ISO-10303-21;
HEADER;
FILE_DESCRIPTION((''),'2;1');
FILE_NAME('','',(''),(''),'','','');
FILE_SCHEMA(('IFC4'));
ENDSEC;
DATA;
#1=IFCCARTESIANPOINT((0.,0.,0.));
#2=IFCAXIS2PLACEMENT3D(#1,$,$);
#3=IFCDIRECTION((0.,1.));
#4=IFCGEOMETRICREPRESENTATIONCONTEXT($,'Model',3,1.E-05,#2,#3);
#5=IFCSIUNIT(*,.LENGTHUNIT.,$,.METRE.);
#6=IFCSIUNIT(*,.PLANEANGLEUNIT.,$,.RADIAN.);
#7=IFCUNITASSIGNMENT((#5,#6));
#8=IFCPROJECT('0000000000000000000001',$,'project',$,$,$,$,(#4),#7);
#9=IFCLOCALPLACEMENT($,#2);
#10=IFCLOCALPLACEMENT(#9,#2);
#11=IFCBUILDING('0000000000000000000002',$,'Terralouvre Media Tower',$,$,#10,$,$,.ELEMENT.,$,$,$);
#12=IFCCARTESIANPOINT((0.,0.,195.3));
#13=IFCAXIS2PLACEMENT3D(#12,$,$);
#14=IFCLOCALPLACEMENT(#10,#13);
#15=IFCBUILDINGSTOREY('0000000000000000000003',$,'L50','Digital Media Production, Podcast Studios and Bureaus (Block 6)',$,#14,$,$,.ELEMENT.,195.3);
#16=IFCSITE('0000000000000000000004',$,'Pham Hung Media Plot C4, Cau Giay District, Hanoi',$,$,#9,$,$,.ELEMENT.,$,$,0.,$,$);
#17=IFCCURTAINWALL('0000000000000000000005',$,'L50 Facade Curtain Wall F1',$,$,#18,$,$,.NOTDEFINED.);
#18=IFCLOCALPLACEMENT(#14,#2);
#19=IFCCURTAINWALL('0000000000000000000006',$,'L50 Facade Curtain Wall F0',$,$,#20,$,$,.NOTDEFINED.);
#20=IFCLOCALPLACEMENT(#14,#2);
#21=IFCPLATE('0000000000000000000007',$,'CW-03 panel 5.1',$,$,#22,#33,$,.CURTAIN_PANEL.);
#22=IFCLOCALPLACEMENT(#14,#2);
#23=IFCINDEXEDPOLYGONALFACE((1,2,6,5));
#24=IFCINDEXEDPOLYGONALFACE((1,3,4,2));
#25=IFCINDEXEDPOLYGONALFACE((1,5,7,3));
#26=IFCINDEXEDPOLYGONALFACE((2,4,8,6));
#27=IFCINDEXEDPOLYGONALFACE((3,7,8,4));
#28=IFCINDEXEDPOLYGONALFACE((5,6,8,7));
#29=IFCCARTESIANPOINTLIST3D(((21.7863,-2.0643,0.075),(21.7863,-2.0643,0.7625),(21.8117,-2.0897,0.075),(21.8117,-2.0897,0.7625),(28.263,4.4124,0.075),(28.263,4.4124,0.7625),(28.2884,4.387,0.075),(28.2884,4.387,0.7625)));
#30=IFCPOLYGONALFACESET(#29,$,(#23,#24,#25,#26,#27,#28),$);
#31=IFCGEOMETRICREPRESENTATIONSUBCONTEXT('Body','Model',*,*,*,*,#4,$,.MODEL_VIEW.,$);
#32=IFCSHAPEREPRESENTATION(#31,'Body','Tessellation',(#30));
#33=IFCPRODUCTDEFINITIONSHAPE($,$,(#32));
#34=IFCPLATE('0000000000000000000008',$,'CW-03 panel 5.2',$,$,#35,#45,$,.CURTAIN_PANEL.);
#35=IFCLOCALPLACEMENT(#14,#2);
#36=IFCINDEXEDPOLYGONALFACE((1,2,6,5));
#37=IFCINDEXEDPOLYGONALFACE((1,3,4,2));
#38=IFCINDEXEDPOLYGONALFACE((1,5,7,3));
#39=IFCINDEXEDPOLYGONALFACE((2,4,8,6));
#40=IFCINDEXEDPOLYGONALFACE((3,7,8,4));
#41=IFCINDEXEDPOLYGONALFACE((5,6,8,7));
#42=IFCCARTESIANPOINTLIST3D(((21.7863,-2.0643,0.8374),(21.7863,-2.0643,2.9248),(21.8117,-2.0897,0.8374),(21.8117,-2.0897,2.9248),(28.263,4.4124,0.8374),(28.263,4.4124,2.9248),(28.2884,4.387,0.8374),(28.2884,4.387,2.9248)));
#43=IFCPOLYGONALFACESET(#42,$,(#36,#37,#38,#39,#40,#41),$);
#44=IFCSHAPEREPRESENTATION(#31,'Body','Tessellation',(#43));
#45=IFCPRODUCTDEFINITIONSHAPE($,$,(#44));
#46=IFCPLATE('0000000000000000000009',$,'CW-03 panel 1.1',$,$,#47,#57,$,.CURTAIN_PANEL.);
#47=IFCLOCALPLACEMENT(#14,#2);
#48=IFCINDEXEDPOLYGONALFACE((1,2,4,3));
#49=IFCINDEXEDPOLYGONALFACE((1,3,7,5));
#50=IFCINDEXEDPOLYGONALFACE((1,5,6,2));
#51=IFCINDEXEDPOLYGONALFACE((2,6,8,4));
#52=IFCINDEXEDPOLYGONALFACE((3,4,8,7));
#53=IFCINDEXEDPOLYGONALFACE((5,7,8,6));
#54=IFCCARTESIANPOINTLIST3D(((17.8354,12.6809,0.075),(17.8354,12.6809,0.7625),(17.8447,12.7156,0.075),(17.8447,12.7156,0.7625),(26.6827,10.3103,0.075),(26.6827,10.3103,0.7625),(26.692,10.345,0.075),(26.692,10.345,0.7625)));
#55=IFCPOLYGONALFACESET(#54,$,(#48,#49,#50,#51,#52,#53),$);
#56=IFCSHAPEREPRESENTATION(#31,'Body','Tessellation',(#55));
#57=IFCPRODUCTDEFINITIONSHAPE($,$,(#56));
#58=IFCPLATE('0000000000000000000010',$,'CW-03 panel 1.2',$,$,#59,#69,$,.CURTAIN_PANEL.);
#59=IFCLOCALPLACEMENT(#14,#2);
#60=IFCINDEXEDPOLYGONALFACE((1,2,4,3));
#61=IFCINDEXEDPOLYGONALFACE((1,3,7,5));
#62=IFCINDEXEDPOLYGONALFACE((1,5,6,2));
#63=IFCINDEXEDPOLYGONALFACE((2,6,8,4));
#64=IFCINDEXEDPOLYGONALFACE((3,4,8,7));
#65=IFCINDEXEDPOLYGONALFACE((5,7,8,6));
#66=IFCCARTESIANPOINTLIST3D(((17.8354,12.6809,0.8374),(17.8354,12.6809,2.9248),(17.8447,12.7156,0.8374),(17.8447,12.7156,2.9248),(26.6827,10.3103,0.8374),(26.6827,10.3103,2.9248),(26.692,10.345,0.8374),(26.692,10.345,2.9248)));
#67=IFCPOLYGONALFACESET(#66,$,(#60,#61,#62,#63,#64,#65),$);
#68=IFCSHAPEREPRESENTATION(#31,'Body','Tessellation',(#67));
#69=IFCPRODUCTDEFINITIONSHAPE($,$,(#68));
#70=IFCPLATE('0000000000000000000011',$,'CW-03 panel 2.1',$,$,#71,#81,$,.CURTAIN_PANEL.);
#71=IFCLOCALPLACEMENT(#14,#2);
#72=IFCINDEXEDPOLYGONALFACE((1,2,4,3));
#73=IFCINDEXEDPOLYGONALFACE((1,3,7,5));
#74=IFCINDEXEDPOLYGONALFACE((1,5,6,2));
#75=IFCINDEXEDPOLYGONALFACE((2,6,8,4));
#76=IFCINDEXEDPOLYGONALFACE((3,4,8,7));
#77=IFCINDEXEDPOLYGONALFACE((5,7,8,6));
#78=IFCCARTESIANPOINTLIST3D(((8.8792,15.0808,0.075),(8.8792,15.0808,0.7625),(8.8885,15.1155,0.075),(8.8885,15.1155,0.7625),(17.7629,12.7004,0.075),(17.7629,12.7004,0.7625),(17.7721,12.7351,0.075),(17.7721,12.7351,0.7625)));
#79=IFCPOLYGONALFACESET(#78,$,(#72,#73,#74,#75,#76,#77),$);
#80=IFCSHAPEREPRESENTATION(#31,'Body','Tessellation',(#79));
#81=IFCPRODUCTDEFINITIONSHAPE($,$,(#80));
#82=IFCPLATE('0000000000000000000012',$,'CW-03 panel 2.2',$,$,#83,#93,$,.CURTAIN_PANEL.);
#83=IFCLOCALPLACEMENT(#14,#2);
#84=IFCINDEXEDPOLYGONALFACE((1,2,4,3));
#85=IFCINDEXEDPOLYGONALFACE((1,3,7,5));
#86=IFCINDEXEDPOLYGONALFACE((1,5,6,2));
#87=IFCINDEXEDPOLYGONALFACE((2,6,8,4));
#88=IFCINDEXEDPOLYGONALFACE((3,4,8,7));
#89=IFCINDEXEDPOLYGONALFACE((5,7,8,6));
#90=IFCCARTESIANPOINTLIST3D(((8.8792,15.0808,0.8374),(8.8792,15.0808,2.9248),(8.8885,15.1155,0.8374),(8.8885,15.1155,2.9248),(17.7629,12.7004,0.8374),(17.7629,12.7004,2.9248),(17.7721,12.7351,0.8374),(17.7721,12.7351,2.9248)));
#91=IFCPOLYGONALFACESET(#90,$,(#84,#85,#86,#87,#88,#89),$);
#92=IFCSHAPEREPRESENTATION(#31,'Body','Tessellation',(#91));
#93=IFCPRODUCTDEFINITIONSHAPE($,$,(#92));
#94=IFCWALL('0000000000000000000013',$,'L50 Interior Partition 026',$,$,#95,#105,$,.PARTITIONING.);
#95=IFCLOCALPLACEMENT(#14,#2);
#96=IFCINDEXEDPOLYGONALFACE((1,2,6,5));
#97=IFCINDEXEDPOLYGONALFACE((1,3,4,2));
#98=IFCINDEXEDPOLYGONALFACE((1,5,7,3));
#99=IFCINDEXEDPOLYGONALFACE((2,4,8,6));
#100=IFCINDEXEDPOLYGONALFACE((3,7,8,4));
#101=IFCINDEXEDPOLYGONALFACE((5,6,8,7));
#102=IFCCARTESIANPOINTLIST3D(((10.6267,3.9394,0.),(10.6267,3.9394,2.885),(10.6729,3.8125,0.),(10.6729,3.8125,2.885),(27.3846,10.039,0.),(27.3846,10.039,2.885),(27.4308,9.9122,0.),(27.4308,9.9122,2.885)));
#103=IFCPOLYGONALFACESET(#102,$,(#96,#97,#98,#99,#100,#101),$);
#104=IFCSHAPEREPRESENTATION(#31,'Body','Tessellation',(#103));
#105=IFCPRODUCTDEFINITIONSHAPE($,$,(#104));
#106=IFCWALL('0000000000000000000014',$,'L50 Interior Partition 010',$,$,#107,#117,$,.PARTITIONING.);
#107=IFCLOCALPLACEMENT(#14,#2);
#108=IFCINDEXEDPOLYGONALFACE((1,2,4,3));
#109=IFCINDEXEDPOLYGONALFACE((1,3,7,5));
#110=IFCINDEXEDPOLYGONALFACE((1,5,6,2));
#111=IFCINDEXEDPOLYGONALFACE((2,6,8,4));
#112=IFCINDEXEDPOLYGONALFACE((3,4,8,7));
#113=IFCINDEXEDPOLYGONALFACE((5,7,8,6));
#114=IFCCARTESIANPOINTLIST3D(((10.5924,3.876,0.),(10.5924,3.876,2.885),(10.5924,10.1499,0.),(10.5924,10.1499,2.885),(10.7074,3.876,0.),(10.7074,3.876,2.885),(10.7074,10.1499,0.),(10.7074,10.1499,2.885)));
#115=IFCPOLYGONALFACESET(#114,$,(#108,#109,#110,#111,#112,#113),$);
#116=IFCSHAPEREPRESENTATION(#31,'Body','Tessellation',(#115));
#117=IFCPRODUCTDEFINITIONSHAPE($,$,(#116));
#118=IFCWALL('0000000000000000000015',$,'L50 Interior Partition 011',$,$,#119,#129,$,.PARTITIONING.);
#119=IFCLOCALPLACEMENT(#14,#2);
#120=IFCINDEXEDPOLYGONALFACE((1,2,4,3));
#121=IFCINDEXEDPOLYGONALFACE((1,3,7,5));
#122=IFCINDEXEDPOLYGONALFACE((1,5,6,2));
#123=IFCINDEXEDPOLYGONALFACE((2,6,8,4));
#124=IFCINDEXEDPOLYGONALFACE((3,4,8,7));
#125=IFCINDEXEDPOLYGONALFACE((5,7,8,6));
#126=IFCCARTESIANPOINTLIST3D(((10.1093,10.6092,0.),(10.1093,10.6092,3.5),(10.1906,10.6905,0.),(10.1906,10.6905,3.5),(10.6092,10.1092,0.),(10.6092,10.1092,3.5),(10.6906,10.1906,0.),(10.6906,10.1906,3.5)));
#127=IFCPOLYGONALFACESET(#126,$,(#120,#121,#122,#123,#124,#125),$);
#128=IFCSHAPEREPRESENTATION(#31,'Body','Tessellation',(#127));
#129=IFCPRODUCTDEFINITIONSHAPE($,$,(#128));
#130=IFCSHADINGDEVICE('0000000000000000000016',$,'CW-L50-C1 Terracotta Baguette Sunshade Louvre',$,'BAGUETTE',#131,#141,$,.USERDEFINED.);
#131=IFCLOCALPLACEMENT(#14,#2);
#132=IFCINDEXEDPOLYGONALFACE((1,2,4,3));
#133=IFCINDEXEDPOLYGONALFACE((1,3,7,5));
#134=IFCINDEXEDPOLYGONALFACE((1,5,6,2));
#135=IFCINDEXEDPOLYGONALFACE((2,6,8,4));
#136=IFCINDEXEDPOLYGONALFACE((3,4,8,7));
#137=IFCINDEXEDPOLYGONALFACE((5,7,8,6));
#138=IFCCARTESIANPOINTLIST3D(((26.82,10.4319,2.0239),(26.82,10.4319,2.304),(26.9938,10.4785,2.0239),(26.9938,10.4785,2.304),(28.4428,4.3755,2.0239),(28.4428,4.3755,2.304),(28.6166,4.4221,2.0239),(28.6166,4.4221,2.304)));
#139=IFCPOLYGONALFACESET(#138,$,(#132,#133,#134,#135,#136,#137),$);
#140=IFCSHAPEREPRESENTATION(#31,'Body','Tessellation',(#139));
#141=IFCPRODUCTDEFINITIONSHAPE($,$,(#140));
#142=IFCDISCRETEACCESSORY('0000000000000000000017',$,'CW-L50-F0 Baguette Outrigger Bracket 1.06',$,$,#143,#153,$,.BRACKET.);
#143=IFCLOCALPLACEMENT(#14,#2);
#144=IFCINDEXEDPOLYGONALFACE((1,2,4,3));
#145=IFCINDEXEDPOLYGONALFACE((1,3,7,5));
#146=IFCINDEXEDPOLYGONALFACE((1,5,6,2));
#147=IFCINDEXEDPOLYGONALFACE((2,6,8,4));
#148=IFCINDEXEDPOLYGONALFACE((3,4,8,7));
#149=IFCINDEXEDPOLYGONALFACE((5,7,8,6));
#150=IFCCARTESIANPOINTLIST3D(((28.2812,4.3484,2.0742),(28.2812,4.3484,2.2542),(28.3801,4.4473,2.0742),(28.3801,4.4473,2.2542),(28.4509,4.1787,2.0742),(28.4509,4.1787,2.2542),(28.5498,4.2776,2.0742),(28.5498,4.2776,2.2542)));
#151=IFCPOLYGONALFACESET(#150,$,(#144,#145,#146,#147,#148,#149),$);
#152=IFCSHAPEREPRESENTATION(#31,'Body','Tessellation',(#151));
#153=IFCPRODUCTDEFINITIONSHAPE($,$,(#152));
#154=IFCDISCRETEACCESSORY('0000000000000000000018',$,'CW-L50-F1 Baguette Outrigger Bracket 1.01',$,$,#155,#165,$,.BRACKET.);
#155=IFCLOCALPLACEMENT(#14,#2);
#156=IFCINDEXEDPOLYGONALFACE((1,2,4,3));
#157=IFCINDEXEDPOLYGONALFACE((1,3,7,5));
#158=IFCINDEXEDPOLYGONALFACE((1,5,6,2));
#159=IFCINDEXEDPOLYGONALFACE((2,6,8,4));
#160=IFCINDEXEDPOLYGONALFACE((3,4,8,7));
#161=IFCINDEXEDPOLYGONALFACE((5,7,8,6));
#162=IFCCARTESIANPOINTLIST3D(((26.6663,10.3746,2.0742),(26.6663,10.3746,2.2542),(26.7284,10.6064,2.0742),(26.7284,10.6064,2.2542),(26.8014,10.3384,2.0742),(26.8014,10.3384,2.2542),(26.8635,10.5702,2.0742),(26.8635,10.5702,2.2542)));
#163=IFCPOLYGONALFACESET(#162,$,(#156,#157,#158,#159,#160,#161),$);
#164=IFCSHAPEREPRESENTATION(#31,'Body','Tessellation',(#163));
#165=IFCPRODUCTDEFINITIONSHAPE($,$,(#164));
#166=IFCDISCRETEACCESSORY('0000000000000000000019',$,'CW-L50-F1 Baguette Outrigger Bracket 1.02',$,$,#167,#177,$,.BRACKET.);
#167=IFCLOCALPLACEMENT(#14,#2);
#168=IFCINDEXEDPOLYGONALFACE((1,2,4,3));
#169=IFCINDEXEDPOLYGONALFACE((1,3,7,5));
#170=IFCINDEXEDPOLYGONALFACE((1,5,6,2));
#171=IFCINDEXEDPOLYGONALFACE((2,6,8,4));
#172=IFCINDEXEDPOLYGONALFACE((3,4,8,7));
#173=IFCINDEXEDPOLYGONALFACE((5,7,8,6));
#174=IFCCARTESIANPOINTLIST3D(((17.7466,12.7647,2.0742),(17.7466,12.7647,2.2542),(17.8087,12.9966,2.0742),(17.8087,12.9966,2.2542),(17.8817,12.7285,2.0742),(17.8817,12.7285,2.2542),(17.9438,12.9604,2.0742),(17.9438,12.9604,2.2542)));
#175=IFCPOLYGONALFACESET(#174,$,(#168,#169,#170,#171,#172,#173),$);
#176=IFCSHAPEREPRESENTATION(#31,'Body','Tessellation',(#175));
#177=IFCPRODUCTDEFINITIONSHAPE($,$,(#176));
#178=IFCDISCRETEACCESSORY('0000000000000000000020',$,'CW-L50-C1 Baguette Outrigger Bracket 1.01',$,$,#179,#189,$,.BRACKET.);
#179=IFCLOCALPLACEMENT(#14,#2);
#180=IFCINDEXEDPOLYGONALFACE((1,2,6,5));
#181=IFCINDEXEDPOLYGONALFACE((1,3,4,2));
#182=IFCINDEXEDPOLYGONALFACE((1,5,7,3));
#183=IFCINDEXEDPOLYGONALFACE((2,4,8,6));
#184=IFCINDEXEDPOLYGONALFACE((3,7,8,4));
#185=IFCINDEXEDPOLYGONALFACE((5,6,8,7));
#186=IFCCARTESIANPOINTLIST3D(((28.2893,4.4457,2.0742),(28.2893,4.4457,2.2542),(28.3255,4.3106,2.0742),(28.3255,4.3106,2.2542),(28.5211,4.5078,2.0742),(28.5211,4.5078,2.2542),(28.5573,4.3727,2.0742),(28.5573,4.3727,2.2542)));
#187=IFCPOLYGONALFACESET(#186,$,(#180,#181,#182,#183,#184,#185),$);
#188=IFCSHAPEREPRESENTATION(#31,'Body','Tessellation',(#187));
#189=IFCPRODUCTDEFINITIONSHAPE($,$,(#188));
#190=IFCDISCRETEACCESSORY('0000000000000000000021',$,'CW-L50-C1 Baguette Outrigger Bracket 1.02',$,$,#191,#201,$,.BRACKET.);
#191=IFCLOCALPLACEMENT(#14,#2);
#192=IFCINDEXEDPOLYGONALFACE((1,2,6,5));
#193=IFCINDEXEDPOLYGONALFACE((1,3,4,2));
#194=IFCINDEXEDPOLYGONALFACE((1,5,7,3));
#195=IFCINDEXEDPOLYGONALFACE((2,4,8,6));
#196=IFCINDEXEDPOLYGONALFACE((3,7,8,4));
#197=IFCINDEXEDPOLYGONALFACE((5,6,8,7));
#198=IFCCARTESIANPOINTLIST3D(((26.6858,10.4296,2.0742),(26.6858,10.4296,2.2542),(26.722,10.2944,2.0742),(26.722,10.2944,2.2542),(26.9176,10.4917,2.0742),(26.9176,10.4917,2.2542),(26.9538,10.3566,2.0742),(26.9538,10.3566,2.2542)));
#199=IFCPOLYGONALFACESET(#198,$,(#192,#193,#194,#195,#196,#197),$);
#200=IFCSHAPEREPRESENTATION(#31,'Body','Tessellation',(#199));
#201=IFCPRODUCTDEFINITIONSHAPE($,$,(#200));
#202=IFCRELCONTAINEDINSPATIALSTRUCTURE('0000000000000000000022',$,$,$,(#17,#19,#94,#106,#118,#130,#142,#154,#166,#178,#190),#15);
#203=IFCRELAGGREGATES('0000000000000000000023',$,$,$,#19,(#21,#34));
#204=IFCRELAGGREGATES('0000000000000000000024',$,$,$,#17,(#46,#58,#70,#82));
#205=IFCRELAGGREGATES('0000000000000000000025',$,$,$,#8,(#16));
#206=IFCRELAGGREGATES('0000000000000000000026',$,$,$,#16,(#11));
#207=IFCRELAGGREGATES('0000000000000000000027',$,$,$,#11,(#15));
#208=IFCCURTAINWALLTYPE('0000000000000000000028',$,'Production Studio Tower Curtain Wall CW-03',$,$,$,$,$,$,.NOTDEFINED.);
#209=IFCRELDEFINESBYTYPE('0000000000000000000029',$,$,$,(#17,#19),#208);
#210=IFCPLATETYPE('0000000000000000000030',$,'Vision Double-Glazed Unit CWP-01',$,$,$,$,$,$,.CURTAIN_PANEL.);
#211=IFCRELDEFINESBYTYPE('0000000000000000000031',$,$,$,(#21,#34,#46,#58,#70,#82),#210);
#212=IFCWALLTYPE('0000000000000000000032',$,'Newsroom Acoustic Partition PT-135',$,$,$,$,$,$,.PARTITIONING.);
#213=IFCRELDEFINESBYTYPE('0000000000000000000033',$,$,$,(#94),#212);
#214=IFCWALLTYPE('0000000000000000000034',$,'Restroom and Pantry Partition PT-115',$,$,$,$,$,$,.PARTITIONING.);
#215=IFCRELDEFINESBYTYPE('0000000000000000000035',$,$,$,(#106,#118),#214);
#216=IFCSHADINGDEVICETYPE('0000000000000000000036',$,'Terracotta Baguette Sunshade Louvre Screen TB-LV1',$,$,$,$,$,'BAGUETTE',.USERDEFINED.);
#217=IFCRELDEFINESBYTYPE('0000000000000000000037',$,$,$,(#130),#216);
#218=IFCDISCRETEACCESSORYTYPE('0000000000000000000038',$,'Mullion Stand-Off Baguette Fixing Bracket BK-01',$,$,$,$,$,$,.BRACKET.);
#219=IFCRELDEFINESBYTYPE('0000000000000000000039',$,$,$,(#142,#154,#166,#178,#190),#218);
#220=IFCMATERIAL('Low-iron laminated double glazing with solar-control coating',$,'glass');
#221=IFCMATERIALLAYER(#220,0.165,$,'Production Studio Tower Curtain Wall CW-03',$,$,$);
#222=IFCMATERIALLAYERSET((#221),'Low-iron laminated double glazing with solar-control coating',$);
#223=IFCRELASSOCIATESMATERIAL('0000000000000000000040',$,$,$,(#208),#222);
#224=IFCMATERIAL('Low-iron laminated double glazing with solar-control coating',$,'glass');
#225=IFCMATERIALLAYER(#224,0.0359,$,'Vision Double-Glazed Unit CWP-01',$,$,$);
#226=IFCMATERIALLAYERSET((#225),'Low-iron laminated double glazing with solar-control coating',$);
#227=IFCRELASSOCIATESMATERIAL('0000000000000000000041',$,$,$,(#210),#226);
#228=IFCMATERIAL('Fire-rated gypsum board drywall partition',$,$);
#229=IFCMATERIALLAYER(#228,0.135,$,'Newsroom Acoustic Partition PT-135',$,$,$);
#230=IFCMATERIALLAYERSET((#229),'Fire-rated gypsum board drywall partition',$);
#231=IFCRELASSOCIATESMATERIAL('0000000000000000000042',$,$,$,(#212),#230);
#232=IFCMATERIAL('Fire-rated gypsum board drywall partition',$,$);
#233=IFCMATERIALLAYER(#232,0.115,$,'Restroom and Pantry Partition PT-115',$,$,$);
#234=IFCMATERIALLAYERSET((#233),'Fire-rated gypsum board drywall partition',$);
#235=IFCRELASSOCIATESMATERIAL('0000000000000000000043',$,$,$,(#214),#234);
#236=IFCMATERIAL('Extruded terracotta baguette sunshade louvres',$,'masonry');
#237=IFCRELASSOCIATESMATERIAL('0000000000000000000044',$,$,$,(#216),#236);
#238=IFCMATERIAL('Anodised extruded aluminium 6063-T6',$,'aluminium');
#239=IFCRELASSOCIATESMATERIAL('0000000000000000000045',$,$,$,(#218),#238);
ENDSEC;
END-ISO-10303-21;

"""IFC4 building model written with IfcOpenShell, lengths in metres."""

from ifc_helpers import new_model, si_unit, direction, frame, frame_2d, origin, origin_2d, place, context, subcontext, project, spatial, rectangle, extrude, material, layer, layer_set, type_object, element, aggregate, save


model = new_model("IFC4")

# Units and contexts
model_context = context("Model", 3, precision=1e-05, world=origin(), true_north=direction((0.0, 1.0)))
body_context = subcontext(model_context, "Body", "Model", "MODEL_VIEW")
ifc_project = project(units=[si_unit("LENGTHUNIT", "METRE"), si_unit("PLANEANGLEUNIT", "RADIAN")], contexts=[model_context])

# Site, building, storey
site_placement = place(None, origin())
site = spatial("IfcSite", under=ifc_project, at=site_placement, Name="Pham Hung Media Plot C4, Cau Giay District, Hanoi", CompositionType="ELEMENT", RefElevation=0.0)
building_placement = place(site_placement, origin())
building = spatial("IfcBuilding", under=site, at=building_placement, Name="Terralouvre Media Tower", CompositionType="ELEMENT")
storey_placement = place(building_placement, frame((0.0, 0.0, 195.3)))
storey = spatial("IfcBuildingStorey", under=building, at=storey_placement, Name="L50", Description="Digital Media Production, Podcast Studios and Bureaus (Block 6)", CompositionType="ELEMENT", Elevation=195.3)

# Curtain wall
ifc_material_1 = material(Name="Low-iron laminated double glazing with solar-control coating", Category="glass")
ifc_layer_1 = layer(ifc_material_1, 0.165, Name="Production Studio Tower Curtain Wall CW-03")
ifc_layer_set_1 = layer_set([ifc_layer_1], Name="Low-iron laminated double glazing with solar-control coating")
curtain_wall_type_1 = type_object("IfcCurtainWallType", Name="Production Studio Tower Curtain Wall CW-03", PredefinedType="NOTDEFINED", material=ifc_layer_set_1)
curtain_wall_1_placement = place(storey_placement, origin())
curtain_wall_1 = element("IfcCurtainWall", 1, at=curtain_wall_1_placement, inside=storey, type_object=curtain_wall_type_1, Name="L50 Facade Curtain Wall F1", PredefinedType="NOTDEFINED")

# Curtain wall
curtain_wall_2_placement = place(storey_placement, origin())
curtain_wall_2 = element("IfcCurtainWall", 2, at=curtain_wall_2_placement, inside=storey, type_object=curtain_wall_type_1, Name="L50 Facade Curtain Wall F0", PredefinedType="NOTDEFINED")

# Plates
ifc_material_2 = material(Name="Low-iron laminated double glazing with solar-control coating", Category="glass")
ifc_layer_2 = layer(ifc_material_2, 0.0359, Name="Vision Double-Glazed Unit CWP-01")
ifc_layer_set_2 = layer_set([ifc_layer_2], Name="Low-iron laminated double glazing with solar-control coating")
plate_type_1 = type_object("IfcPlateType", Name="Vision Double-Glazed Unit CWP-01", PredefinedType="CURTAIN_PANEL", material=ifc_layer_set_2)
plate_1_placement = place(storey_placement, frame((25.0374, 1.1614, 0.075), z_axis=(0.0, 0.0, 1.0), x_axis=(0.707107, 0.707107, 0.0)))
plate_1 = element("IfcPlate", 3, at=plate_1_placement, type_object=plate_type_1, Name="CW-03 panel 5.1", PredefinedType="CURTAIN_PANEL", context=body_context, shape_type="SweptSolid", body=[
    extrude(rectangle(XDim=9.1594, YDim=0.0359, at=origin_2d()), origin(), (0.0, 0.0, 1.0), 0.6875),
])
plate_2_placement = place(storey_placement, frame((25.0374, 1.1614, 0.8374), z_axis=(0.0, 0.0, 1.0), x_axis=(0.707107, 0.707107, 0.0)))
plate_2 = element("IfcPlate", 4, at=plate_2_placement, type_object=plate_type_1, Name="CW-03 panel 5.2", PredefinedType="CURTAIN_PANEL", context=body_context, shape_type="SweptSolid", body=[
    extrude(rectangle(XDim=9.1594, YDim=0.0359, at=origin_2d()), origin(), (0.0, 0.0, 1.0), 2.0874),
])
aggregate(curtain_wall_2, [plate_1, plate_2])
plate_3_placement = place(storey_placement, frame((22.2637, 11.5129, 0.075), z_axis=(0.0, 0.0, 1.0), x_axis=(-0.965926, 0.258819, 0.0)))
plate_3 = element("IfcPlate", 5, at=plate_3_placement, type_object=plate_type_1, Name="CW-03 panel 1.1", PredefinedType="CURTAIN_PANEL", context=body_context, shape_type="SweptSolid", body=[
    extrude(rectangle(XDim=9.1594, YDim=0.0359, at=origin_2d()), origin(), (0.0, 0.0, 1.0), 0.6875),
])
plate_4_placement = place(storey_placement, frame((22.2637, 11.5129, 0.8374), z_axis=(0.0, 0.0, 1.0), x_axis=(-0.965926, 0.258819, 0.0)))
plate_4 = element("IfcPlate", 6, at=plate_4_placement, type_object=plate_type_1, Name="CW-03 panel 1.2", PredefinedType="CURTAIN_PANEL", context=body_context, shape_type="SweptSolid", body=[
    extrude(rectangle(XDim=9.1594, YDim=0.0359, at=origin_2d()), origin(), (0.0, 0.0, 1.0), 2.0874),
])
plate_5_placement = place(storey_placement, frame((13.3257, 13.908, 0.075), z_axis=(0.0, 0.0, 1.0), x_axis=(-0.965926, 0.258819, 0.0)))
plate_5 = element("IfcPlate", 7, at=plate_5_placement, type_object=plate_type_1, Name="CW-03 panel 2.1", PredefinedType="CURTAIN_PANEL", context=body_context, shape_type="SweptSolid", body=[
    extrude(rectangle(XDim=9.197, YDim=0.0359, at=origin_2d()), origin(), (0.0, 0.0, 1.0), 0.6875),
])
plate_6_placement = place(storey_placement, frame((13.3257, 13.908, 0.8374), z_axis=(0.0, 0.0, 1.0), x_axis=(-0.965926, 0.258819, 0.0)))
plate_6 = element("IfcPlate", 8, at=plate_6_placement, type_object=plate_type_1, Name="CW-03 panel 2.2", PredefinedType="CURTAIN_PANEL", context=body_context, shape_type="SweptSolid", body=[
    extrude(rectangle(XDim=9.197, YDim=0.0359, at=origin_2d()), origin(), (0.0, 0.0, 1.0), 2.0874),
])
aggregate(curtain_wall_1, [plate_3, plate_4, plate_5, plate_6])

# Walls
ifc_material_3 = material(Name="Fire-rated gypsum board drywall partition")
ifc_layer_3 = layer(ifc_material_3, 0.135, Name="Newsroom Acoustic Partition PT-135")
ifc_layer_set_3 = layer_set([ifc_layer_3], Name="Fire-rated gypsum board drywall partition")
wall_type_1 = type_object("IfcWallType", Name="Newsroom Acoustic Partition PT-135", PredefinedType="PARTITIONING", material=ifc_layer_set_3)
wall_1_placement = place(storey_placement, frame((27.4077, 9.9756, 0.0), z_axis=(0.0, 0.0, 1.0), x_axis=(-0.939688, -0.342033, 0.0)))
element("IfcWall", 9, at=wall_1_placement, inside=storey, type_object=wall_type_1, Name="L50 Interior Partition 026", PredefinedType="PARTITIONING", context=body_context, shape_type="SweptSolid", body=[
    extrude(rectangle(XDim=17.8335, YDim=0.135, at=frame_2d((8.9167, 0.0))), origin(), (0.0, 0.0, 1.0), 2.885),
])
ifc_material_4 = material(Name="Fire-rated gypsum board drywall partition")
ifc_layer_4 = layer(ifc_material_4, 0.115, Name="Restroom and Pantry Partition PT-115")
ifc_layer_set_4 = layer_set([ifc_layer_4], Name="Fire-rated gypsum board drywall partition")
wall_type_2 = type_object("IfcWallType", Name="Restroom and Pantry Partition PT-115", PredefinedType="PARTITIONING", material=ifc_layer_set_4)
wall_2_placement = place(storey_placement, frame((10.6499, 3.876, 0.0), z_axis=(0.0, 0.0, 1.0), x_axis=(0.0, 1.0, 0.0)))
element("IfcWall", 10, at=wall_2_placement, inside=storey, type_object=wall_type_2, Name="L50 Interior Partition 010", PredefinedType="PARTITIONING", context=body_context, shape_type="SweptSolid", body=[
    extrude(rectangle(XDim=6.2739, YDim=0.115, at=frame_2d((3.137, 0.0))), origin(), (0.0, 0.0, 1.0), 2.885),
])
wall_3_placement = place(storey_placement, frame((10.6499, 10.1499, 0.0), z_axis=(0.0, 0.0, 1.0), x_axis=(-0.707107, 0.707107, 0.0)))
element("IfcWall", 11, at=wall_3_placement, inside=storey, type_object=wall_type_2, Name="L50 Interior Partition 011", PredefinedType="PARTITIONING", context=body_context, shape_type="SweptSolid", body=[
    extrude(rectangle(XDim=0.707, YDim=0.115, at=frame_2d((0.3535, 0.0))), origin(), (0.0, 0.0, 1.0), 3.5),
])

# Shading device
ifc_material_5 = material(Name="Extruded terracotta baguette sunshade louvres", Category="masonry")
shading_device_type = type_object("IfcShadingDeviceType", Name="Terracotta Baguette Sunshade Louvre Screen TB-LV1", ElementType="BAGUETTE", PredefinedType="USERDEFINED", material=ifc_material_5)
shading_device_placement = place(storey_placement, frame((27.7183, 7.427, 2.0239), z_axis=(0.0, 0.0, 1.0), x_axis=(-0.258819, 0.965926, 0.0)))
element("IfcShadingDevice", 12, at=shading_device_placement, inside=storey, type_object=shading_device_type, Name="CW-L50-C1 Terracotta Baguette Sunshade Louvre", ObjectType="BAGUETTE", PredefinedType="USERDEFINED", context=body_context, shape_type="SweptSolid", body=[
    extrude(rectangle(XDim=6.27, YDim=0.1799, at=origin_2d()), origin(), (0.0, 0.0, 1.0), 0.28),
])

# Discrete accessories
ifc_material_6 = material(Name="Anodised extruded aluminium 6063-T6", Category="aluminium")
discrete_accessory_type = type_object("IfcDiscreteAccessoryType", Name="Mullion Stand-Off Baguette Fixing Bracket BK-01", PredefinedType="BRACKET", material=ifc_material_6)
for number, where, z_axis, x_axis, name in (
    (13, (28.4155, 4.313, 2.0742), (0.0, 0.0, 1.0), (0.707107, 0.707107, 0.0), "CW-L50-F0 Baguette Outrigger Bracket 1.06"),
    (14, (26.7649, 10.4724, 2.0742), (0.0, 0.0, 1.0), (-0.965926, 0.258819, 0.0), "CW-L50-F1 Baguette Outrigger Bracket 1.01"),
    (15, (17.8452, 12.8625, 2.0742), (0.0, 0.0, 1.0), (-0.965926, 0.258819, 0.0), "CW-L50-F1 Baguette Outrigger Bracket 1.02"),
    (16, (28.4233, 4.4092, 2.0742), (0.0, 0.0, 1.0), (-0.258819, 0.965926, 0.0), "CW-L50-C1 Baguette Outrigger Bracket 1.01"),
    (17, (26.8198, 10.3931, 2.0742), (0.0, 0.0, 1.0), (-0.258819, 0.965926, 0.0), "CW-L50-C1 Baguette Outrigger Bracket 1.02"),
):
    element("IfcDiscreteAccessory", number, at=place(storey_placement, frame(where, z_axis=z_axis, x_axis=x_axis)), inside=storey, type_object=discrete_accessory_type, Name=name, PredefinedType="BRACKET", context=body_context, shape_type="SweptSolid", body=[
        extrude(rectangle(XDim=0.1399, YDim=0.24, at=origin_2d()), origin(), (0.0, 0.0, 1.0), 0.1799),
    ])

save(model, "model.ifc")
